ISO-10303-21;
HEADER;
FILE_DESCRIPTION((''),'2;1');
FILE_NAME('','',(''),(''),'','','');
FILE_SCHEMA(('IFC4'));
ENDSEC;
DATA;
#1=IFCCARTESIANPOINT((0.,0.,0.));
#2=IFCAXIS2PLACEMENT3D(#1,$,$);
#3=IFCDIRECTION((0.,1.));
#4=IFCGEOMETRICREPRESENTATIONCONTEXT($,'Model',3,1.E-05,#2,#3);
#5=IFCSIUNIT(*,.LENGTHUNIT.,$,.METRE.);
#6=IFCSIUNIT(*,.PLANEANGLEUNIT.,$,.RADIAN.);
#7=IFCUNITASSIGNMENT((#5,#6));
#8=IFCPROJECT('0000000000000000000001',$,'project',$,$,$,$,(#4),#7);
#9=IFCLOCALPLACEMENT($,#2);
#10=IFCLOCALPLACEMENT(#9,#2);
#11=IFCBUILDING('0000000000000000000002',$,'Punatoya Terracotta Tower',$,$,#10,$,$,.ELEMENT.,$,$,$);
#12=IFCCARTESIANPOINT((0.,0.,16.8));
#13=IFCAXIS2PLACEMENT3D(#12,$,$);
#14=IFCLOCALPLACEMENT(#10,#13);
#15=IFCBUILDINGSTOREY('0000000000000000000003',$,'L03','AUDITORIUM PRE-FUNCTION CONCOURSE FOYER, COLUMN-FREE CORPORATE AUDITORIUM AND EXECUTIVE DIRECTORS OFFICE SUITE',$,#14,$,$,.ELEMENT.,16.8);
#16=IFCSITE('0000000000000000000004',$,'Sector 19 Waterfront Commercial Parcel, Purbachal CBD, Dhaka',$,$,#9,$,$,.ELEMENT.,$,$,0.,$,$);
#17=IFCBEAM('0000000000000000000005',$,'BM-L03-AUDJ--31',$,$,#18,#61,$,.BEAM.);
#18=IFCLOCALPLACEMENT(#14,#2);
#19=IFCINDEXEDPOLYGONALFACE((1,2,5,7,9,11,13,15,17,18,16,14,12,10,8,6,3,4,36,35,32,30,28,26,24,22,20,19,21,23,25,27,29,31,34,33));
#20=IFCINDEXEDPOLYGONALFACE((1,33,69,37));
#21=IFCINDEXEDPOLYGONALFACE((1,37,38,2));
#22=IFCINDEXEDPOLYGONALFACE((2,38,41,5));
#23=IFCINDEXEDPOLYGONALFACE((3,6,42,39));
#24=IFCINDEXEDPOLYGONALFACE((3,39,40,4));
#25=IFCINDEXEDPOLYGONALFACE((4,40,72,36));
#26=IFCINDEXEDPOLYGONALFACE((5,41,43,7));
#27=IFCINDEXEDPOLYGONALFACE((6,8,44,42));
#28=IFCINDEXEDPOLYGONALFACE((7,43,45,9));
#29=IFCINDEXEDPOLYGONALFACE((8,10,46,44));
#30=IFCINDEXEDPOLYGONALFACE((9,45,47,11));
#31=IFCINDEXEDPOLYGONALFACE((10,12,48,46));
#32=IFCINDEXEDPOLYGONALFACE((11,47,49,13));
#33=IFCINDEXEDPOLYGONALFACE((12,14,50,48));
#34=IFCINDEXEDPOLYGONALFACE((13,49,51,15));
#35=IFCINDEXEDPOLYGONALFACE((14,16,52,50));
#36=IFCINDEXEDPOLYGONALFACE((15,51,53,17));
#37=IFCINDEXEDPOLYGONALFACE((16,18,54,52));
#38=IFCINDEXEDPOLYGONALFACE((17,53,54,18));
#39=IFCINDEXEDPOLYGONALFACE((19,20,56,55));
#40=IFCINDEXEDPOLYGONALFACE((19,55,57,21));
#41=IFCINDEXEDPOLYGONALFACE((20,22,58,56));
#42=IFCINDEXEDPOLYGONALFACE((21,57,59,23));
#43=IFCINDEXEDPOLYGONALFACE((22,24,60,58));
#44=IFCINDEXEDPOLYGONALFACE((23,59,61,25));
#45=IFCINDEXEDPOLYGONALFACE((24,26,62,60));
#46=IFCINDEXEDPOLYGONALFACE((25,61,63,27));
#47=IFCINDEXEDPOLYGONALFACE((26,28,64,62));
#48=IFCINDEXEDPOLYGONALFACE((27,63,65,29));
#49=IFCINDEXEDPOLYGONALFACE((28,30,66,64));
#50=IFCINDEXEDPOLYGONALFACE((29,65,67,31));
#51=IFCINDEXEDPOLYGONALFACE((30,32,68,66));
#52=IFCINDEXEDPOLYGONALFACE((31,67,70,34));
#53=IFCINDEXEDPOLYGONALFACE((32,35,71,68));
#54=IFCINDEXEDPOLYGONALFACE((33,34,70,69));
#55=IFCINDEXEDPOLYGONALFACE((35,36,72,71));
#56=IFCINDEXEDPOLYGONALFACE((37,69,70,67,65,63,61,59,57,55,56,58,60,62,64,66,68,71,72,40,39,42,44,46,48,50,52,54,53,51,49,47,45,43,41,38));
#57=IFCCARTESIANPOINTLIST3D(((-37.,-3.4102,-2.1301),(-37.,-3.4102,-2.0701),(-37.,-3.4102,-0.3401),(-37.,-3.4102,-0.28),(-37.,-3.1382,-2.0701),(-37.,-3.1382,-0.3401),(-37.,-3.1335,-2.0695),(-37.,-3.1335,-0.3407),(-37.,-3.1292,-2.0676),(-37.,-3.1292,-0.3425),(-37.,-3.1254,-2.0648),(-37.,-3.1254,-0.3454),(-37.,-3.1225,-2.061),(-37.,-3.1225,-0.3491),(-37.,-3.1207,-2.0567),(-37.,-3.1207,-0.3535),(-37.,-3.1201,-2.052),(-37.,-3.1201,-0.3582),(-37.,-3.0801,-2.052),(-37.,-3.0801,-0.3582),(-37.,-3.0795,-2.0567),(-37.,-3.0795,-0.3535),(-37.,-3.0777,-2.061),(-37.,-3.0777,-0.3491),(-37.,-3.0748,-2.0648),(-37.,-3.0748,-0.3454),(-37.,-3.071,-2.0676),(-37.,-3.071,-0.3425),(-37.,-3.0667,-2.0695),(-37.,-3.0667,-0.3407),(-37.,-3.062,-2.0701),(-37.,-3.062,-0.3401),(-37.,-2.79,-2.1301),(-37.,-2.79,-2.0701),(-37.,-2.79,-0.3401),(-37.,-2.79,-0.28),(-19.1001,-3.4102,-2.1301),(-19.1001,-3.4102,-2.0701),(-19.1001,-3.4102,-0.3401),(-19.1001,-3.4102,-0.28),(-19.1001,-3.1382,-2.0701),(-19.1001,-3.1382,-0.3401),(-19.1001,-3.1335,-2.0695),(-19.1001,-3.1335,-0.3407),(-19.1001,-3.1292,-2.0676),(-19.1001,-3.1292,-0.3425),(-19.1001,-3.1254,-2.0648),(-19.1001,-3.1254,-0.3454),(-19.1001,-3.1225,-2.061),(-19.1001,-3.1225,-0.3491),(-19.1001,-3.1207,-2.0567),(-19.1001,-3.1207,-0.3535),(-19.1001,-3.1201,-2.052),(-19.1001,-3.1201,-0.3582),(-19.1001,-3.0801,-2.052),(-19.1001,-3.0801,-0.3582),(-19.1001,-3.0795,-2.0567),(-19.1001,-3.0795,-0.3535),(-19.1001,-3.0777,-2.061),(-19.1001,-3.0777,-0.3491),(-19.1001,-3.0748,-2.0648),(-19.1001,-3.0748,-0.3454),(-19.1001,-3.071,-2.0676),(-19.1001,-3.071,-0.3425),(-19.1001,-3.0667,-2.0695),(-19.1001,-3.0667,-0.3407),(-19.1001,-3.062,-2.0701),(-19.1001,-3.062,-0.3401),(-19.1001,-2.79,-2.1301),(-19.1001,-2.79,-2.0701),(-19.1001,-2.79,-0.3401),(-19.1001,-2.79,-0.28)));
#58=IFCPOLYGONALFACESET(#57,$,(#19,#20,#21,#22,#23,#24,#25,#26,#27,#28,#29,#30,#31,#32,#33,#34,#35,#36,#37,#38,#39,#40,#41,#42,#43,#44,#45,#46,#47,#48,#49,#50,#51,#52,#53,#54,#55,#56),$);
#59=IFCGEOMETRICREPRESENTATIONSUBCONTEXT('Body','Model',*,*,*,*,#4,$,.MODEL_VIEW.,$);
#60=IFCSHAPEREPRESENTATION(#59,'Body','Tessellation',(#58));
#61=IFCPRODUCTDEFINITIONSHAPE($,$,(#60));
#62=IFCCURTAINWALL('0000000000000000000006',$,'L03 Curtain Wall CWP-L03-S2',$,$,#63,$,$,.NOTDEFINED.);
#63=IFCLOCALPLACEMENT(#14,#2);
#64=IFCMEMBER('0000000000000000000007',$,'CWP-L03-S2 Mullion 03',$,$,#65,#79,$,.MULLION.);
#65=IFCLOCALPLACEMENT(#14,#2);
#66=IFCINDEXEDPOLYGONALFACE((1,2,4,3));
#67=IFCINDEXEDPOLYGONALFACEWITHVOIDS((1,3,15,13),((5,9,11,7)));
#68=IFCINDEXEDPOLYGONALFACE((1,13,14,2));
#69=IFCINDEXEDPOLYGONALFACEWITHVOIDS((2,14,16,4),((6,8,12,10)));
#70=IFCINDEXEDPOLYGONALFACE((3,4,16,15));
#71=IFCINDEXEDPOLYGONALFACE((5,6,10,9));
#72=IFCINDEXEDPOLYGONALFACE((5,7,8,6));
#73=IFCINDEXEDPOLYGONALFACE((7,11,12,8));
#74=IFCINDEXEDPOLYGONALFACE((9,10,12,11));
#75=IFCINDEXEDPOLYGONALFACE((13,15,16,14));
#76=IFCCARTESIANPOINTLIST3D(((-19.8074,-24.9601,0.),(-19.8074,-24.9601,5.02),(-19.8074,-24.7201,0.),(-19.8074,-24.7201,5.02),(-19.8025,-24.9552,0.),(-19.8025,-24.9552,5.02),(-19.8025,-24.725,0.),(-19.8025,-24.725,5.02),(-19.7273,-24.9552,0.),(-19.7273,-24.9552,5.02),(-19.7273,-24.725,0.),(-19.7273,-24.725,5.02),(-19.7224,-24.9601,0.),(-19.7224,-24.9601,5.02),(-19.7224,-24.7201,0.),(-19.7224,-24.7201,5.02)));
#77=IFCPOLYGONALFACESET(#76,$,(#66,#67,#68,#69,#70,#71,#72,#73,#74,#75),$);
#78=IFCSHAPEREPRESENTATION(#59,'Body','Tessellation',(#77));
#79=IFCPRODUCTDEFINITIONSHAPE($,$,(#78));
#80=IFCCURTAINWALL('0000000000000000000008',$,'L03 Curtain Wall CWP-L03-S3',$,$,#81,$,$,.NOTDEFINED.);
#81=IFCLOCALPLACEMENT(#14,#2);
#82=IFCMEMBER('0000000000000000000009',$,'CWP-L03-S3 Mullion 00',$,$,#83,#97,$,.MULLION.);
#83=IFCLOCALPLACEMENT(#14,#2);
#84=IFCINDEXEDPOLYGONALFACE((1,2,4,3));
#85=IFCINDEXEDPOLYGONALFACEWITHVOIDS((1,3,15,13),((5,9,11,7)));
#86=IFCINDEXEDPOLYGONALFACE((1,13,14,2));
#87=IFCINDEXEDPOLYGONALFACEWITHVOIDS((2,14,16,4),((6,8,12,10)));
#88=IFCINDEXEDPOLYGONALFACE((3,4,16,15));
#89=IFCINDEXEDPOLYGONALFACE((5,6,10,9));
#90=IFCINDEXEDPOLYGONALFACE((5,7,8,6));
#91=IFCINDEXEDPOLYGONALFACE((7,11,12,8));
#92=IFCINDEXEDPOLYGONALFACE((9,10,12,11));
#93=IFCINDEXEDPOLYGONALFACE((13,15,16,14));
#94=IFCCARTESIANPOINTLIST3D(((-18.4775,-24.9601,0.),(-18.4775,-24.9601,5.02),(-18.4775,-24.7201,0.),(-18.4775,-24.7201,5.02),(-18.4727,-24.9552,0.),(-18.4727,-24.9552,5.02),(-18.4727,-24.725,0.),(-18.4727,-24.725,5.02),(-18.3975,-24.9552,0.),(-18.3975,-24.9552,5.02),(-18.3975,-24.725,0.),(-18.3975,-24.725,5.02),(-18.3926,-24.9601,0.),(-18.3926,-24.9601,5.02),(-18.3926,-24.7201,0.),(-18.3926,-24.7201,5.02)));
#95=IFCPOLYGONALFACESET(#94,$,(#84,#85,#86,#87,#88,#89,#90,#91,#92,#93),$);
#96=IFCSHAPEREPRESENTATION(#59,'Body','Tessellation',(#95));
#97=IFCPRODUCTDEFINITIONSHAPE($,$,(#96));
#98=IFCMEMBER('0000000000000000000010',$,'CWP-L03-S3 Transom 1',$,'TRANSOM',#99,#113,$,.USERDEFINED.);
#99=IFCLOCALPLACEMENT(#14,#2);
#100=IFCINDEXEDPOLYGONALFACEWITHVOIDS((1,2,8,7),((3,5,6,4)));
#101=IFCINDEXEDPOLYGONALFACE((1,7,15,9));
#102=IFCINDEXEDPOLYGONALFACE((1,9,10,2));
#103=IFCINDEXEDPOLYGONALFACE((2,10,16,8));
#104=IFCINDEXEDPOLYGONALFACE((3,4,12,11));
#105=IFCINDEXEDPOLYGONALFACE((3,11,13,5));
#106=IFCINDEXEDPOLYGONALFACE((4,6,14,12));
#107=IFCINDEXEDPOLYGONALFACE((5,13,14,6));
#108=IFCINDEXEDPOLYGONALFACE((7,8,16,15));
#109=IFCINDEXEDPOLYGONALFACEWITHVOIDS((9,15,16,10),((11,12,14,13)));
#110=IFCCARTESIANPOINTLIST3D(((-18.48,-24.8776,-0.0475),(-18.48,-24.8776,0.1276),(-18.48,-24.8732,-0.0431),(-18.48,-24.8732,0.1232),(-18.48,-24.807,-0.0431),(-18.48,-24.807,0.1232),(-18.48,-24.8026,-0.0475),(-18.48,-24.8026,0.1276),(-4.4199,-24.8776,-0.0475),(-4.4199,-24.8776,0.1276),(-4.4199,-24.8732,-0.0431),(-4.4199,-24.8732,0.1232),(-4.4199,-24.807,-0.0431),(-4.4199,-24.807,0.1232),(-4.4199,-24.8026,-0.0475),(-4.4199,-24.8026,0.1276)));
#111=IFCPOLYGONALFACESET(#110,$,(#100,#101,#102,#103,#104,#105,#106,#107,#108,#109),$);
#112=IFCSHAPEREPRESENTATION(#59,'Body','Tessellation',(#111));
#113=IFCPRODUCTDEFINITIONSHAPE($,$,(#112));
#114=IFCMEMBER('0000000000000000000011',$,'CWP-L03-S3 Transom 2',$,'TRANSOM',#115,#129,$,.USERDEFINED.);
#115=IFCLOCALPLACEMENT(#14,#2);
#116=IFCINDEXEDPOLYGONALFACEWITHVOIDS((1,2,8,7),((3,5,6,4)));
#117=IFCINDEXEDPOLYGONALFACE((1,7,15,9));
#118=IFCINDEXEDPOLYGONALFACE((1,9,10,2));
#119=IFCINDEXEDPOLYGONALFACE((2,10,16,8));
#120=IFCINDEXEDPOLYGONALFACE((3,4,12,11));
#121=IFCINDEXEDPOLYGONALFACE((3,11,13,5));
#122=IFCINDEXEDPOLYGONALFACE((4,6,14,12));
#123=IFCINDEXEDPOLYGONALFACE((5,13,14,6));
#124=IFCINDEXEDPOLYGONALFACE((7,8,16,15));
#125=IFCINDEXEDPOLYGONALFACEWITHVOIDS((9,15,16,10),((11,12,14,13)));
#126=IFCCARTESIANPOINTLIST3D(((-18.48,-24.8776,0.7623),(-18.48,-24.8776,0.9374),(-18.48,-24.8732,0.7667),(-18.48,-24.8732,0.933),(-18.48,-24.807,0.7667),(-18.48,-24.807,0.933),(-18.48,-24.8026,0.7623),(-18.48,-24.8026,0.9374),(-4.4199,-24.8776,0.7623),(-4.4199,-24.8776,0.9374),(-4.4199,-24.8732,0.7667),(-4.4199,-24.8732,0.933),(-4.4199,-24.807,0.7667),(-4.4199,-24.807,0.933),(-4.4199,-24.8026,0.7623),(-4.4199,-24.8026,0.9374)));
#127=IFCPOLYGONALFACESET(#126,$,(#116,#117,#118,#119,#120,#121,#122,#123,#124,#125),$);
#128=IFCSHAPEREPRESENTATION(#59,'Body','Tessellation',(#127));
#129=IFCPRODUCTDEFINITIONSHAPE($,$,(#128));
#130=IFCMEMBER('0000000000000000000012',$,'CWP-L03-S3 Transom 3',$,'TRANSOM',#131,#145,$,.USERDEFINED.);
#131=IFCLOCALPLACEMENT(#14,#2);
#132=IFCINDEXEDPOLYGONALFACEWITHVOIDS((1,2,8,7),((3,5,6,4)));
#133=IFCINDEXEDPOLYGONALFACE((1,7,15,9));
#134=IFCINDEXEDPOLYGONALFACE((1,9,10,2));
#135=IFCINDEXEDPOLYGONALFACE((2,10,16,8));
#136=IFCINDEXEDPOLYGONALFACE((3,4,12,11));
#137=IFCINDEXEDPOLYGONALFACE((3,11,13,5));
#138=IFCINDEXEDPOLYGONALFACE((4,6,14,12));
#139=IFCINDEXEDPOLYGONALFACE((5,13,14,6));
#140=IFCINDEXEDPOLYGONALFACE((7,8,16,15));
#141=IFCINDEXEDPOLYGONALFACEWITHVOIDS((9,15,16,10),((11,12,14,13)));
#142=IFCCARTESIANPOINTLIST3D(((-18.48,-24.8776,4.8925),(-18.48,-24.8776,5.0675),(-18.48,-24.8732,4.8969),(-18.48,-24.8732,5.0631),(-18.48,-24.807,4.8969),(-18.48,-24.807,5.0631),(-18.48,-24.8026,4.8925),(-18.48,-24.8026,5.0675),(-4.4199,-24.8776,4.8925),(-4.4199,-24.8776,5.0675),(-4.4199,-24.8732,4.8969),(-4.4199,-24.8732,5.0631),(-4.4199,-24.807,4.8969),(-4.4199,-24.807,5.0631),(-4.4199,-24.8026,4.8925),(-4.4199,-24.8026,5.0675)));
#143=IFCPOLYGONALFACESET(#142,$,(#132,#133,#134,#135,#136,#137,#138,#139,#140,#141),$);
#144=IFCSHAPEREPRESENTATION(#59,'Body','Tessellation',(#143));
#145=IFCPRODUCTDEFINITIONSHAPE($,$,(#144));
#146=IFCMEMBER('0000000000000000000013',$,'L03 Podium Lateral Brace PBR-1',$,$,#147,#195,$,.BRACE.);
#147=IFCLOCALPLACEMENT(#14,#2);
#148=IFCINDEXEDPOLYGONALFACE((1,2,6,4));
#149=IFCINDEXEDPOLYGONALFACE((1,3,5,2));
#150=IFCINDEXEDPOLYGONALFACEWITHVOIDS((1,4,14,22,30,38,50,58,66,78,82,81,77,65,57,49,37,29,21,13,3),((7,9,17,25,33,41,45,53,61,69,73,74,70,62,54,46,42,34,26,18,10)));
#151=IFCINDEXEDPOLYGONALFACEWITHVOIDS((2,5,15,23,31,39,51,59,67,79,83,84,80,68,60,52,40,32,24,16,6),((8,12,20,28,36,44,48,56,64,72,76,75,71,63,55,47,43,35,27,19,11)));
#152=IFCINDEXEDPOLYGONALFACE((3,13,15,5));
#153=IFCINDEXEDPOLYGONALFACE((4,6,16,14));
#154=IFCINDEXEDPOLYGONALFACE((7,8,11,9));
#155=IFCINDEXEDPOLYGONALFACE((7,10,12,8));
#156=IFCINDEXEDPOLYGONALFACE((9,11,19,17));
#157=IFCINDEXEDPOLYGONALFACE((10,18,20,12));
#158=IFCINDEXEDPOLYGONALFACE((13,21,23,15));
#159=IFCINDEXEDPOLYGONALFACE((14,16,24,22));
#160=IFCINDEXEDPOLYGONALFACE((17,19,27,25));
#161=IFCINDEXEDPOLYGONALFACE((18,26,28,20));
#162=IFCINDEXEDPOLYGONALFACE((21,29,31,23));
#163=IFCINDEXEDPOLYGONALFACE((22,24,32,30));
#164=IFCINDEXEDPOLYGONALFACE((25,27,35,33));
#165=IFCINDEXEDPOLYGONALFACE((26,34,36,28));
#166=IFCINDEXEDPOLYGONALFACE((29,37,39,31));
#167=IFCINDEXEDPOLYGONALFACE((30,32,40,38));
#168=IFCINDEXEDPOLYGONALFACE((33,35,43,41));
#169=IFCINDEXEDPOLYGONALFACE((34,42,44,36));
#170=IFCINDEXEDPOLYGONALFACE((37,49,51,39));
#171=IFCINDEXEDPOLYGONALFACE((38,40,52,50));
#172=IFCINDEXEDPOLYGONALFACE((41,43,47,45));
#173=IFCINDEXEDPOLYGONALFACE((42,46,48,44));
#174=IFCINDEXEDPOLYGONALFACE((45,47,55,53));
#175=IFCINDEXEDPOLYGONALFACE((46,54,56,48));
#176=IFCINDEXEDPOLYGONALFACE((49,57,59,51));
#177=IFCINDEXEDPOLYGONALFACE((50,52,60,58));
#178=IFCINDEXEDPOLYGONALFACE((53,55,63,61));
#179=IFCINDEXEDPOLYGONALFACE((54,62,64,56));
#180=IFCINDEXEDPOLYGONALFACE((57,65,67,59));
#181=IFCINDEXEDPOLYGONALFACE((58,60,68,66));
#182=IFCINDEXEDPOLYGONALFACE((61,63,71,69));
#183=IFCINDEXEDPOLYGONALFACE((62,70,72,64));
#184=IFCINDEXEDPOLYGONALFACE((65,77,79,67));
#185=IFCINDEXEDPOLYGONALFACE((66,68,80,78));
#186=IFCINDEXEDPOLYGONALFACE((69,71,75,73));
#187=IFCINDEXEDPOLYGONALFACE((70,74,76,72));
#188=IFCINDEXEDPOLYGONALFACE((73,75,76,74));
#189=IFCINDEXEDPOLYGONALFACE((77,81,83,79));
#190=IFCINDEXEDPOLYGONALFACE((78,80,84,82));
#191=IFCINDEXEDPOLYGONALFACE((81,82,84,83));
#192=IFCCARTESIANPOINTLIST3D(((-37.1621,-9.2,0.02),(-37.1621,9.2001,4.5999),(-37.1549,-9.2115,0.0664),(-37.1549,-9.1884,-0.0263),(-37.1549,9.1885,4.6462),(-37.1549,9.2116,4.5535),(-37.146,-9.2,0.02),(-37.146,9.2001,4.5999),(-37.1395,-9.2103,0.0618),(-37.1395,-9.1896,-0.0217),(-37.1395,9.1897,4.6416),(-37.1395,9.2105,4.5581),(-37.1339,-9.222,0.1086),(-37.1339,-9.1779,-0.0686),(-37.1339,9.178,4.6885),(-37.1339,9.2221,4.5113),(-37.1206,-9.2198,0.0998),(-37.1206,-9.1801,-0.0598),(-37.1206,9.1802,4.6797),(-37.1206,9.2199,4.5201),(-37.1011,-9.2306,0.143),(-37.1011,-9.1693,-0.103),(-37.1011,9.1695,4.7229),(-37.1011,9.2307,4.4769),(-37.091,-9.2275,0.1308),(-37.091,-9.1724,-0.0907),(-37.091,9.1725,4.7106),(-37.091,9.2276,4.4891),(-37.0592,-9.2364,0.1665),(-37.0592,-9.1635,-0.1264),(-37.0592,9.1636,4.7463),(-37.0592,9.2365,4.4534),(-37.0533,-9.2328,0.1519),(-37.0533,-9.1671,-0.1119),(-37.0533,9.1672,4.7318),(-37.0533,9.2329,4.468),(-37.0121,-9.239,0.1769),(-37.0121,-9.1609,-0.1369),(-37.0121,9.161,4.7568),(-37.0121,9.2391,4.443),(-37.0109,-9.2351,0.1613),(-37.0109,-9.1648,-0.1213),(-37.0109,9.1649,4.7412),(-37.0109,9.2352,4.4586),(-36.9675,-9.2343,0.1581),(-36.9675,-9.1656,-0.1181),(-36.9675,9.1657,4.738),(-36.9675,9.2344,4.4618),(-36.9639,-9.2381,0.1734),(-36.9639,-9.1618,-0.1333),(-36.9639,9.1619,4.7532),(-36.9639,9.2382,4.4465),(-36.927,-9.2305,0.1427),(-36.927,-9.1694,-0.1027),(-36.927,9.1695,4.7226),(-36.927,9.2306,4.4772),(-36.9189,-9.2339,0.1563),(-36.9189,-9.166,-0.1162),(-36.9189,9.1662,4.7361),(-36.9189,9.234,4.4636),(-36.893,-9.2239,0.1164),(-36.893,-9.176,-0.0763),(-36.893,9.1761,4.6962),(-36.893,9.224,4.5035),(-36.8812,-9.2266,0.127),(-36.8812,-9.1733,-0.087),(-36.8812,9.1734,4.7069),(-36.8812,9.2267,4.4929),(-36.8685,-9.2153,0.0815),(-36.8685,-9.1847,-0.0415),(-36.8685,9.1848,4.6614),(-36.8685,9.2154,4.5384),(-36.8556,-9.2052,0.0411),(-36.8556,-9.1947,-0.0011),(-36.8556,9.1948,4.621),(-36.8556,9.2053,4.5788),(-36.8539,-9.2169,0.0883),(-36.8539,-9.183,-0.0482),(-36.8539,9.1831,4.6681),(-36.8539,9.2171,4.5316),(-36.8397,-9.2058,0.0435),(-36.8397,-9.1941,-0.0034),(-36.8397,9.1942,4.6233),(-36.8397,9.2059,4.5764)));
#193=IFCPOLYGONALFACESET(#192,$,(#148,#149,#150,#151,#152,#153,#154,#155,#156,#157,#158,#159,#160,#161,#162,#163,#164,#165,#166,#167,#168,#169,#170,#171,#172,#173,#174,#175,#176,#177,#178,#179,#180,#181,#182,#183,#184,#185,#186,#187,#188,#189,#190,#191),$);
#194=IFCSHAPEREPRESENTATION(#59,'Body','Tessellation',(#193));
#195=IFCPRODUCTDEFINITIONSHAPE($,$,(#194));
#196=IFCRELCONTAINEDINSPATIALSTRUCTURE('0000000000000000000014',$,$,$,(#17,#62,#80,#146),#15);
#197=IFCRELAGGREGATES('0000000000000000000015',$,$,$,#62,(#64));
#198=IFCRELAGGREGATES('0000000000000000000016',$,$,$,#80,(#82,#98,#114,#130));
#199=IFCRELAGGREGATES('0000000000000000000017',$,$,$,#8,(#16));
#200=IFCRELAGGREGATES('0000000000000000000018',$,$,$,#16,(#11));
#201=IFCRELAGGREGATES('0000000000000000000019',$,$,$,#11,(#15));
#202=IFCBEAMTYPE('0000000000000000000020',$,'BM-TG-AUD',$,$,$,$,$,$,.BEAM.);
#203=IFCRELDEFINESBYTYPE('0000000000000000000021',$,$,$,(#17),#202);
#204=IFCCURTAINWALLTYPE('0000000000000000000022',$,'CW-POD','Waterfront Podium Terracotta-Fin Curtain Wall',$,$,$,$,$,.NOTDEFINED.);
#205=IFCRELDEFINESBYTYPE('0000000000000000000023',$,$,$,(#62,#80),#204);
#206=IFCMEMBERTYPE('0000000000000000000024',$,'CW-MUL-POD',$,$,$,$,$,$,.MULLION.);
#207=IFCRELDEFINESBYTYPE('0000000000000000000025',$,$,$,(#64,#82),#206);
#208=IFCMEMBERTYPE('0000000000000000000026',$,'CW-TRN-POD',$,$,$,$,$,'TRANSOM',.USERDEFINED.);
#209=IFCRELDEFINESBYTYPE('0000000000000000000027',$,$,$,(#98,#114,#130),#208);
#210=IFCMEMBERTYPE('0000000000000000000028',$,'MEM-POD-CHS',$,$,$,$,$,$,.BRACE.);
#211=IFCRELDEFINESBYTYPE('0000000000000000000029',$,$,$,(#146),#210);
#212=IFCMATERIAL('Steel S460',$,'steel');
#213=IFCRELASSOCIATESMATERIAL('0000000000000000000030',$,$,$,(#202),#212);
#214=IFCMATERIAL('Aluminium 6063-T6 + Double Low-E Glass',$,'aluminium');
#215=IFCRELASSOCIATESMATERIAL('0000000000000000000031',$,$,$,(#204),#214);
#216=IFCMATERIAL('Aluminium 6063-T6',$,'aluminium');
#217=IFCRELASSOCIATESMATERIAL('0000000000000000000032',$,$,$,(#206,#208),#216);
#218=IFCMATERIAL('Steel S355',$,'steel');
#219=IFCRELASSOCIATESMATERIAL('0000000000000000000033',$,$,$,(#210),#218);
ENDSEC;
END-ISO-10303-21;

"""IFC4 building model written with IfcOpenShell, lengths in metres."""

from ifc_helpers import new_model, si_unit, direction, frame, origin, origin_2d, place, context, subcontext, project, spatial, hollow_rectangle, hollow_circle, i_section, extrude, material, material_profile, profile_set, type_object, element, aggregate, save


model = new_model("IFC4")

# Units and contexts
model_context = context("Model", 3, precision=1e-05, world=origin(), true_north=direction((0.0, 1.0)))
body_context = subcontext(model_context, "Body", "Model", "MODEL_VIEW")
ifc_project = project(units=[si_unit("LENGTHUNIT", "METRE"), si_unit("PLANEANGLEUNIT", "RADIAN")], contexts=[model_context])

# Site, building, storey
site_placement = place(None, origin())
site = spatial("IfcSite", under=ifc_project, at=site_placement, Name="Sector 19 Waterfront Commercial Parcel, Purbachal CBD, Dhaka", CompositionType="ELEMENT", RefElevation=0.0)
building_placement = place(site_placement, origin())
building = spatial("IfcBuilding", under=site, at=building_placement, Name="Punatoya Terracotta Tower", CompositionType="ELEMENT")
storey_placement = place(building_placement, frame((0.0, 0.0, 16.8)))
storey = spatial("IfcBuildingStorey", under=building, at=storey_placement, Name="L03", Description="AUDITORIUM PRE-FUNCTION CONCOURSE FOYER, COLUMN-FREE CORPORATE AUDITORIUM AND EXECUTIVE DIRECTORS OFFICE SUITE", CompositionType="ELEMENT", Elevation=16.8)

# Shared definitions
ifc_material_1 = material(Name="Steel S460", Category="steel")

# Beam
ifc_material_2 = material(Name="Steel S355", Category="steel")
ifc_material_profile_1 = material_profile(ifc_material_1, i_section(OverallWidth=0.6201, OverallDepth=1.8501, WebThickness=0.04, FlangeThickness=0.0601, FilletRadius=0.0181, at=origin_2d()))
ifc_profile_set_1 = profile_set([ifc_material_profile_1], Name="Steel S460")
beam_type_1 = type_object("IfcBeamType", Name="BM-TG-AUD", PredefinedType="BEAM", material=ifc_profile_set_1)
beam_1_placement = place(storey_placement, frame((-37.0, -3.1001, -1.2051), z_axis=(1.0, 0.0, 0.0), x_axis=(0.0, 1.0, 0.0)))
element("IfcBeam", 1, at=beam_1_placement, inside=storey, type_object=beam_type_1, Name="BM-L03-AUDJ--31", PredefinedType="BEAM", context=body_context, shape_type="SweptSolid", body=[
    extrude(i_section(OverallWidth=0.6201, OverallDepth=1.8501, WebThickness=0.04, FlangeThickness=0.0601, FilletRadius=0.0181, at=origin_2d()), origin(), (0.0, 0.0, 1.0), 17.8999),
])

# Curtain wall, member
ifc_material_3 = material(Name="Aluminium 6063-T6 + Double Low-E Glass", Category="aluminium")
curtain_wall_type = type_object("IfcCurtainWallType", Name="CW-POD", Description="Waterfront Podium Terracotta-Fin Curtain Wall", PredefinedType="NOTDEFINED", material=ifc_material_3)
curtain_wall_1_placement = place(storey_placement, origin())
curtain_wall_1 = element("IfcCurtainWall", 2, at=curtain_wall_1_placement, inside=storey, type_object=curtain_wall_type, Name="L03 Curtain Wall CWP-L03-S2", PredefinedType="NOTDEFINED")
ifc_material_4 = material(Name="Aluminium 6063-T6", Category="aluminium")
ifc_material_profile_2 = material_profile(ifc_material_4, hollow_rectangle(XDim=0.085, YDim=0.24, WallThickness=0.0049, at=origin_2d()))
ifc_profile_set_2 = profile_set([ifc_material_profile_2], Name="Aluminium 6063-T6")
member_type_1 = type_object("IfcMemberType", Name="CW-MUL-POD", PredefinedType="MULLION", material=ifc_profile_set_2)
member_1_placement = place(storey_placement, frame((-19.7649, -24.8401, 0.0), z_axis=(0.0, 0.0, 1.0), x_axis=(1.0, 0.0, 0.0)))
member_1 = element("IfcMember", 3, at=member_1_placement, type_object=member_type_1, Name="CWP-L03-S2 Mullion 03", PredefinedType="MULLION", context=body_context, shape_type="SweptSolid", body=[
    extrude(hollow_rectangle(XDim=0.085, YDim=0.24, WallThickness=0.0049, at=origin_2d()), origin(), (0.0, 0.0, 1.0), 5.02),
])
aggregate(curtain_wall_1, [member_1])

# Curtain wall, members
curtain_wall_2_placement = place(storey_placement, origin())
curtain_wall_2 = element("IfcCurtainWall", 4, at=curtain_wall_2_placement, inside=storey, type_object=curtain_wall_type, Name="L03 Curtain Wall CWP-L03-S3", PredefinedType="NOTDEFINED")
member_2_placement = place(storey_placement, frame((-18.4351, -24.8401, 0.0), z_axis=(0.0, 0.0, 1.0), x_axis=(1.0, 0.0, 0.0)))
member_2 = element("IfcMember", 5, at=member_2_placement, type_object=member_type_1, Name="CWP-L03-S3 Mullion 00", PredefinedType="MULLION", context=body_context, shape_type="SweptSolid", body=[
    extrude(hollow_rectangle(XDim=0.085, YDim=0.24, WallThickness=0.0049, at=origin_2d()), origin(), (0.0, 0.0, 1.0), 5.02),
])
ifc_material_profile_3 = material_profile(ifc_material_4, hollow_rectangle(XDim=0.075, YDim=0.175, WallThickness=0.0044, at=origin_2d()))
ifc_profile_set_3 = profile_set([ifc_material_profile_3], Name="Aluminium 6063-T6")
member_type_2 = type_object("IfcMemberType", Name="CW-TRN-POD", ElementType="TRANSOM", PredefinedType="USERDEFINED", material=ifc_profile_set_3)
member_3_placement = place(storey_placement, frame((-18.48, -24.8401, 0.04), z_axis=(1.0, 0.0, 0.0), x_axis=(0.0, 1.0, 0.0)))
member_3 = element("IfcMember", 6, at=member_3_placement, type_object=member_type_2, Name="CWP-L03-S3 Transom 1", ObjectType="TRANSOM", PredefinedType="USERDEFINED", context=body_context, shape_type="SweptSolid", body=[
    extrude(hollow_rectangle(XDim=0.075, YDim=0.175, WallThickness=0.0044, at=origin_2d()), origin(), (0.0, 0.0, 1.0), 14.0601),
])
member_4_placement = place(storey_placement, frame((-18.48, -24.8401, 0.8499), z_axis=(1.0, 0.0, 0.0), x_axis=(0.0, 1.0, 0.0)))
member_4 = element("IfcMember", 7, at=member_4_placement, type_object=member_type_2, Name="CWP-L03-S3 Transom 2", ObjectType="TRANSOM", PredefinedType="USERDEFINED", context=body_context, shape_type="SweptSolid", body=[
    extrude(hollow_rectangle(XDim=0.075, YDim=0.175, WallThickness=0.0044, at=origin_2d()), origin(), (0.0, 0.0, 1.0), 14.0601),
])
member_5_placement = place(storey_placement, frame((-18.48, -24.8401, 4.98), z_axis=(1.0, 0.0, 0.0), x_axis=(0.0, 1.0, 0.0)))
member_5 = element("IfcMember", 8, at=member_5_placement, type_object=member_type_2, Name="CWP-L03-S3 Transom 3", ObjectType="TRANSOM", PredefinedType="USERDEFINED", context=body_context, shape_type="SweptSolid", body=[
    extrude(hollow_rectangle(XDim=0.075, YDim=0.175, WallThickness=0.0044, at=origin_2d()), origin(), (0.0, 0.0, 1.0), 14.0601),
])

# Member
ifc_material_profile_4 = material_profile(ifc_material_2, hollow_circle(Radius=0.1621, WallThickness=0.0161, at=origin_2d()))
ifc_profile_set_4 = profile_set([ifc_material_profile_4], Name="Steel S355")
member_type_3 = type_object("IfcMemberType", Name="MEM-POD-CHS", PredefinedType="BRACE", material=ifc_profile_set_4)
member_6_placement = place(storey_placement, frame((-37.0, -9.2, 0.02), z_axis=(0.0, 0.970392, 0.241536), x_axis=(-1.0, 0.0, 0.0)))
element("IfcMember", 9, at=member_6_placement, inside=storey, type_object=member_type_3, Name="L03 Podium Lateral Brace PBR-1", PredefinedType="BRACE", context=body_context, shape_type="SweptSolid", body=[
    extrude(hollow_circle(Radius=0.1621, WallThickness=0.0161, at=origin_2d()), origin(), (0.0, 0.0, 1.0), 18.9614),
])

aggregate(curtain_wall_2, [member_2, member_3, member_4, member_5])

save(model, "model.ifc")
